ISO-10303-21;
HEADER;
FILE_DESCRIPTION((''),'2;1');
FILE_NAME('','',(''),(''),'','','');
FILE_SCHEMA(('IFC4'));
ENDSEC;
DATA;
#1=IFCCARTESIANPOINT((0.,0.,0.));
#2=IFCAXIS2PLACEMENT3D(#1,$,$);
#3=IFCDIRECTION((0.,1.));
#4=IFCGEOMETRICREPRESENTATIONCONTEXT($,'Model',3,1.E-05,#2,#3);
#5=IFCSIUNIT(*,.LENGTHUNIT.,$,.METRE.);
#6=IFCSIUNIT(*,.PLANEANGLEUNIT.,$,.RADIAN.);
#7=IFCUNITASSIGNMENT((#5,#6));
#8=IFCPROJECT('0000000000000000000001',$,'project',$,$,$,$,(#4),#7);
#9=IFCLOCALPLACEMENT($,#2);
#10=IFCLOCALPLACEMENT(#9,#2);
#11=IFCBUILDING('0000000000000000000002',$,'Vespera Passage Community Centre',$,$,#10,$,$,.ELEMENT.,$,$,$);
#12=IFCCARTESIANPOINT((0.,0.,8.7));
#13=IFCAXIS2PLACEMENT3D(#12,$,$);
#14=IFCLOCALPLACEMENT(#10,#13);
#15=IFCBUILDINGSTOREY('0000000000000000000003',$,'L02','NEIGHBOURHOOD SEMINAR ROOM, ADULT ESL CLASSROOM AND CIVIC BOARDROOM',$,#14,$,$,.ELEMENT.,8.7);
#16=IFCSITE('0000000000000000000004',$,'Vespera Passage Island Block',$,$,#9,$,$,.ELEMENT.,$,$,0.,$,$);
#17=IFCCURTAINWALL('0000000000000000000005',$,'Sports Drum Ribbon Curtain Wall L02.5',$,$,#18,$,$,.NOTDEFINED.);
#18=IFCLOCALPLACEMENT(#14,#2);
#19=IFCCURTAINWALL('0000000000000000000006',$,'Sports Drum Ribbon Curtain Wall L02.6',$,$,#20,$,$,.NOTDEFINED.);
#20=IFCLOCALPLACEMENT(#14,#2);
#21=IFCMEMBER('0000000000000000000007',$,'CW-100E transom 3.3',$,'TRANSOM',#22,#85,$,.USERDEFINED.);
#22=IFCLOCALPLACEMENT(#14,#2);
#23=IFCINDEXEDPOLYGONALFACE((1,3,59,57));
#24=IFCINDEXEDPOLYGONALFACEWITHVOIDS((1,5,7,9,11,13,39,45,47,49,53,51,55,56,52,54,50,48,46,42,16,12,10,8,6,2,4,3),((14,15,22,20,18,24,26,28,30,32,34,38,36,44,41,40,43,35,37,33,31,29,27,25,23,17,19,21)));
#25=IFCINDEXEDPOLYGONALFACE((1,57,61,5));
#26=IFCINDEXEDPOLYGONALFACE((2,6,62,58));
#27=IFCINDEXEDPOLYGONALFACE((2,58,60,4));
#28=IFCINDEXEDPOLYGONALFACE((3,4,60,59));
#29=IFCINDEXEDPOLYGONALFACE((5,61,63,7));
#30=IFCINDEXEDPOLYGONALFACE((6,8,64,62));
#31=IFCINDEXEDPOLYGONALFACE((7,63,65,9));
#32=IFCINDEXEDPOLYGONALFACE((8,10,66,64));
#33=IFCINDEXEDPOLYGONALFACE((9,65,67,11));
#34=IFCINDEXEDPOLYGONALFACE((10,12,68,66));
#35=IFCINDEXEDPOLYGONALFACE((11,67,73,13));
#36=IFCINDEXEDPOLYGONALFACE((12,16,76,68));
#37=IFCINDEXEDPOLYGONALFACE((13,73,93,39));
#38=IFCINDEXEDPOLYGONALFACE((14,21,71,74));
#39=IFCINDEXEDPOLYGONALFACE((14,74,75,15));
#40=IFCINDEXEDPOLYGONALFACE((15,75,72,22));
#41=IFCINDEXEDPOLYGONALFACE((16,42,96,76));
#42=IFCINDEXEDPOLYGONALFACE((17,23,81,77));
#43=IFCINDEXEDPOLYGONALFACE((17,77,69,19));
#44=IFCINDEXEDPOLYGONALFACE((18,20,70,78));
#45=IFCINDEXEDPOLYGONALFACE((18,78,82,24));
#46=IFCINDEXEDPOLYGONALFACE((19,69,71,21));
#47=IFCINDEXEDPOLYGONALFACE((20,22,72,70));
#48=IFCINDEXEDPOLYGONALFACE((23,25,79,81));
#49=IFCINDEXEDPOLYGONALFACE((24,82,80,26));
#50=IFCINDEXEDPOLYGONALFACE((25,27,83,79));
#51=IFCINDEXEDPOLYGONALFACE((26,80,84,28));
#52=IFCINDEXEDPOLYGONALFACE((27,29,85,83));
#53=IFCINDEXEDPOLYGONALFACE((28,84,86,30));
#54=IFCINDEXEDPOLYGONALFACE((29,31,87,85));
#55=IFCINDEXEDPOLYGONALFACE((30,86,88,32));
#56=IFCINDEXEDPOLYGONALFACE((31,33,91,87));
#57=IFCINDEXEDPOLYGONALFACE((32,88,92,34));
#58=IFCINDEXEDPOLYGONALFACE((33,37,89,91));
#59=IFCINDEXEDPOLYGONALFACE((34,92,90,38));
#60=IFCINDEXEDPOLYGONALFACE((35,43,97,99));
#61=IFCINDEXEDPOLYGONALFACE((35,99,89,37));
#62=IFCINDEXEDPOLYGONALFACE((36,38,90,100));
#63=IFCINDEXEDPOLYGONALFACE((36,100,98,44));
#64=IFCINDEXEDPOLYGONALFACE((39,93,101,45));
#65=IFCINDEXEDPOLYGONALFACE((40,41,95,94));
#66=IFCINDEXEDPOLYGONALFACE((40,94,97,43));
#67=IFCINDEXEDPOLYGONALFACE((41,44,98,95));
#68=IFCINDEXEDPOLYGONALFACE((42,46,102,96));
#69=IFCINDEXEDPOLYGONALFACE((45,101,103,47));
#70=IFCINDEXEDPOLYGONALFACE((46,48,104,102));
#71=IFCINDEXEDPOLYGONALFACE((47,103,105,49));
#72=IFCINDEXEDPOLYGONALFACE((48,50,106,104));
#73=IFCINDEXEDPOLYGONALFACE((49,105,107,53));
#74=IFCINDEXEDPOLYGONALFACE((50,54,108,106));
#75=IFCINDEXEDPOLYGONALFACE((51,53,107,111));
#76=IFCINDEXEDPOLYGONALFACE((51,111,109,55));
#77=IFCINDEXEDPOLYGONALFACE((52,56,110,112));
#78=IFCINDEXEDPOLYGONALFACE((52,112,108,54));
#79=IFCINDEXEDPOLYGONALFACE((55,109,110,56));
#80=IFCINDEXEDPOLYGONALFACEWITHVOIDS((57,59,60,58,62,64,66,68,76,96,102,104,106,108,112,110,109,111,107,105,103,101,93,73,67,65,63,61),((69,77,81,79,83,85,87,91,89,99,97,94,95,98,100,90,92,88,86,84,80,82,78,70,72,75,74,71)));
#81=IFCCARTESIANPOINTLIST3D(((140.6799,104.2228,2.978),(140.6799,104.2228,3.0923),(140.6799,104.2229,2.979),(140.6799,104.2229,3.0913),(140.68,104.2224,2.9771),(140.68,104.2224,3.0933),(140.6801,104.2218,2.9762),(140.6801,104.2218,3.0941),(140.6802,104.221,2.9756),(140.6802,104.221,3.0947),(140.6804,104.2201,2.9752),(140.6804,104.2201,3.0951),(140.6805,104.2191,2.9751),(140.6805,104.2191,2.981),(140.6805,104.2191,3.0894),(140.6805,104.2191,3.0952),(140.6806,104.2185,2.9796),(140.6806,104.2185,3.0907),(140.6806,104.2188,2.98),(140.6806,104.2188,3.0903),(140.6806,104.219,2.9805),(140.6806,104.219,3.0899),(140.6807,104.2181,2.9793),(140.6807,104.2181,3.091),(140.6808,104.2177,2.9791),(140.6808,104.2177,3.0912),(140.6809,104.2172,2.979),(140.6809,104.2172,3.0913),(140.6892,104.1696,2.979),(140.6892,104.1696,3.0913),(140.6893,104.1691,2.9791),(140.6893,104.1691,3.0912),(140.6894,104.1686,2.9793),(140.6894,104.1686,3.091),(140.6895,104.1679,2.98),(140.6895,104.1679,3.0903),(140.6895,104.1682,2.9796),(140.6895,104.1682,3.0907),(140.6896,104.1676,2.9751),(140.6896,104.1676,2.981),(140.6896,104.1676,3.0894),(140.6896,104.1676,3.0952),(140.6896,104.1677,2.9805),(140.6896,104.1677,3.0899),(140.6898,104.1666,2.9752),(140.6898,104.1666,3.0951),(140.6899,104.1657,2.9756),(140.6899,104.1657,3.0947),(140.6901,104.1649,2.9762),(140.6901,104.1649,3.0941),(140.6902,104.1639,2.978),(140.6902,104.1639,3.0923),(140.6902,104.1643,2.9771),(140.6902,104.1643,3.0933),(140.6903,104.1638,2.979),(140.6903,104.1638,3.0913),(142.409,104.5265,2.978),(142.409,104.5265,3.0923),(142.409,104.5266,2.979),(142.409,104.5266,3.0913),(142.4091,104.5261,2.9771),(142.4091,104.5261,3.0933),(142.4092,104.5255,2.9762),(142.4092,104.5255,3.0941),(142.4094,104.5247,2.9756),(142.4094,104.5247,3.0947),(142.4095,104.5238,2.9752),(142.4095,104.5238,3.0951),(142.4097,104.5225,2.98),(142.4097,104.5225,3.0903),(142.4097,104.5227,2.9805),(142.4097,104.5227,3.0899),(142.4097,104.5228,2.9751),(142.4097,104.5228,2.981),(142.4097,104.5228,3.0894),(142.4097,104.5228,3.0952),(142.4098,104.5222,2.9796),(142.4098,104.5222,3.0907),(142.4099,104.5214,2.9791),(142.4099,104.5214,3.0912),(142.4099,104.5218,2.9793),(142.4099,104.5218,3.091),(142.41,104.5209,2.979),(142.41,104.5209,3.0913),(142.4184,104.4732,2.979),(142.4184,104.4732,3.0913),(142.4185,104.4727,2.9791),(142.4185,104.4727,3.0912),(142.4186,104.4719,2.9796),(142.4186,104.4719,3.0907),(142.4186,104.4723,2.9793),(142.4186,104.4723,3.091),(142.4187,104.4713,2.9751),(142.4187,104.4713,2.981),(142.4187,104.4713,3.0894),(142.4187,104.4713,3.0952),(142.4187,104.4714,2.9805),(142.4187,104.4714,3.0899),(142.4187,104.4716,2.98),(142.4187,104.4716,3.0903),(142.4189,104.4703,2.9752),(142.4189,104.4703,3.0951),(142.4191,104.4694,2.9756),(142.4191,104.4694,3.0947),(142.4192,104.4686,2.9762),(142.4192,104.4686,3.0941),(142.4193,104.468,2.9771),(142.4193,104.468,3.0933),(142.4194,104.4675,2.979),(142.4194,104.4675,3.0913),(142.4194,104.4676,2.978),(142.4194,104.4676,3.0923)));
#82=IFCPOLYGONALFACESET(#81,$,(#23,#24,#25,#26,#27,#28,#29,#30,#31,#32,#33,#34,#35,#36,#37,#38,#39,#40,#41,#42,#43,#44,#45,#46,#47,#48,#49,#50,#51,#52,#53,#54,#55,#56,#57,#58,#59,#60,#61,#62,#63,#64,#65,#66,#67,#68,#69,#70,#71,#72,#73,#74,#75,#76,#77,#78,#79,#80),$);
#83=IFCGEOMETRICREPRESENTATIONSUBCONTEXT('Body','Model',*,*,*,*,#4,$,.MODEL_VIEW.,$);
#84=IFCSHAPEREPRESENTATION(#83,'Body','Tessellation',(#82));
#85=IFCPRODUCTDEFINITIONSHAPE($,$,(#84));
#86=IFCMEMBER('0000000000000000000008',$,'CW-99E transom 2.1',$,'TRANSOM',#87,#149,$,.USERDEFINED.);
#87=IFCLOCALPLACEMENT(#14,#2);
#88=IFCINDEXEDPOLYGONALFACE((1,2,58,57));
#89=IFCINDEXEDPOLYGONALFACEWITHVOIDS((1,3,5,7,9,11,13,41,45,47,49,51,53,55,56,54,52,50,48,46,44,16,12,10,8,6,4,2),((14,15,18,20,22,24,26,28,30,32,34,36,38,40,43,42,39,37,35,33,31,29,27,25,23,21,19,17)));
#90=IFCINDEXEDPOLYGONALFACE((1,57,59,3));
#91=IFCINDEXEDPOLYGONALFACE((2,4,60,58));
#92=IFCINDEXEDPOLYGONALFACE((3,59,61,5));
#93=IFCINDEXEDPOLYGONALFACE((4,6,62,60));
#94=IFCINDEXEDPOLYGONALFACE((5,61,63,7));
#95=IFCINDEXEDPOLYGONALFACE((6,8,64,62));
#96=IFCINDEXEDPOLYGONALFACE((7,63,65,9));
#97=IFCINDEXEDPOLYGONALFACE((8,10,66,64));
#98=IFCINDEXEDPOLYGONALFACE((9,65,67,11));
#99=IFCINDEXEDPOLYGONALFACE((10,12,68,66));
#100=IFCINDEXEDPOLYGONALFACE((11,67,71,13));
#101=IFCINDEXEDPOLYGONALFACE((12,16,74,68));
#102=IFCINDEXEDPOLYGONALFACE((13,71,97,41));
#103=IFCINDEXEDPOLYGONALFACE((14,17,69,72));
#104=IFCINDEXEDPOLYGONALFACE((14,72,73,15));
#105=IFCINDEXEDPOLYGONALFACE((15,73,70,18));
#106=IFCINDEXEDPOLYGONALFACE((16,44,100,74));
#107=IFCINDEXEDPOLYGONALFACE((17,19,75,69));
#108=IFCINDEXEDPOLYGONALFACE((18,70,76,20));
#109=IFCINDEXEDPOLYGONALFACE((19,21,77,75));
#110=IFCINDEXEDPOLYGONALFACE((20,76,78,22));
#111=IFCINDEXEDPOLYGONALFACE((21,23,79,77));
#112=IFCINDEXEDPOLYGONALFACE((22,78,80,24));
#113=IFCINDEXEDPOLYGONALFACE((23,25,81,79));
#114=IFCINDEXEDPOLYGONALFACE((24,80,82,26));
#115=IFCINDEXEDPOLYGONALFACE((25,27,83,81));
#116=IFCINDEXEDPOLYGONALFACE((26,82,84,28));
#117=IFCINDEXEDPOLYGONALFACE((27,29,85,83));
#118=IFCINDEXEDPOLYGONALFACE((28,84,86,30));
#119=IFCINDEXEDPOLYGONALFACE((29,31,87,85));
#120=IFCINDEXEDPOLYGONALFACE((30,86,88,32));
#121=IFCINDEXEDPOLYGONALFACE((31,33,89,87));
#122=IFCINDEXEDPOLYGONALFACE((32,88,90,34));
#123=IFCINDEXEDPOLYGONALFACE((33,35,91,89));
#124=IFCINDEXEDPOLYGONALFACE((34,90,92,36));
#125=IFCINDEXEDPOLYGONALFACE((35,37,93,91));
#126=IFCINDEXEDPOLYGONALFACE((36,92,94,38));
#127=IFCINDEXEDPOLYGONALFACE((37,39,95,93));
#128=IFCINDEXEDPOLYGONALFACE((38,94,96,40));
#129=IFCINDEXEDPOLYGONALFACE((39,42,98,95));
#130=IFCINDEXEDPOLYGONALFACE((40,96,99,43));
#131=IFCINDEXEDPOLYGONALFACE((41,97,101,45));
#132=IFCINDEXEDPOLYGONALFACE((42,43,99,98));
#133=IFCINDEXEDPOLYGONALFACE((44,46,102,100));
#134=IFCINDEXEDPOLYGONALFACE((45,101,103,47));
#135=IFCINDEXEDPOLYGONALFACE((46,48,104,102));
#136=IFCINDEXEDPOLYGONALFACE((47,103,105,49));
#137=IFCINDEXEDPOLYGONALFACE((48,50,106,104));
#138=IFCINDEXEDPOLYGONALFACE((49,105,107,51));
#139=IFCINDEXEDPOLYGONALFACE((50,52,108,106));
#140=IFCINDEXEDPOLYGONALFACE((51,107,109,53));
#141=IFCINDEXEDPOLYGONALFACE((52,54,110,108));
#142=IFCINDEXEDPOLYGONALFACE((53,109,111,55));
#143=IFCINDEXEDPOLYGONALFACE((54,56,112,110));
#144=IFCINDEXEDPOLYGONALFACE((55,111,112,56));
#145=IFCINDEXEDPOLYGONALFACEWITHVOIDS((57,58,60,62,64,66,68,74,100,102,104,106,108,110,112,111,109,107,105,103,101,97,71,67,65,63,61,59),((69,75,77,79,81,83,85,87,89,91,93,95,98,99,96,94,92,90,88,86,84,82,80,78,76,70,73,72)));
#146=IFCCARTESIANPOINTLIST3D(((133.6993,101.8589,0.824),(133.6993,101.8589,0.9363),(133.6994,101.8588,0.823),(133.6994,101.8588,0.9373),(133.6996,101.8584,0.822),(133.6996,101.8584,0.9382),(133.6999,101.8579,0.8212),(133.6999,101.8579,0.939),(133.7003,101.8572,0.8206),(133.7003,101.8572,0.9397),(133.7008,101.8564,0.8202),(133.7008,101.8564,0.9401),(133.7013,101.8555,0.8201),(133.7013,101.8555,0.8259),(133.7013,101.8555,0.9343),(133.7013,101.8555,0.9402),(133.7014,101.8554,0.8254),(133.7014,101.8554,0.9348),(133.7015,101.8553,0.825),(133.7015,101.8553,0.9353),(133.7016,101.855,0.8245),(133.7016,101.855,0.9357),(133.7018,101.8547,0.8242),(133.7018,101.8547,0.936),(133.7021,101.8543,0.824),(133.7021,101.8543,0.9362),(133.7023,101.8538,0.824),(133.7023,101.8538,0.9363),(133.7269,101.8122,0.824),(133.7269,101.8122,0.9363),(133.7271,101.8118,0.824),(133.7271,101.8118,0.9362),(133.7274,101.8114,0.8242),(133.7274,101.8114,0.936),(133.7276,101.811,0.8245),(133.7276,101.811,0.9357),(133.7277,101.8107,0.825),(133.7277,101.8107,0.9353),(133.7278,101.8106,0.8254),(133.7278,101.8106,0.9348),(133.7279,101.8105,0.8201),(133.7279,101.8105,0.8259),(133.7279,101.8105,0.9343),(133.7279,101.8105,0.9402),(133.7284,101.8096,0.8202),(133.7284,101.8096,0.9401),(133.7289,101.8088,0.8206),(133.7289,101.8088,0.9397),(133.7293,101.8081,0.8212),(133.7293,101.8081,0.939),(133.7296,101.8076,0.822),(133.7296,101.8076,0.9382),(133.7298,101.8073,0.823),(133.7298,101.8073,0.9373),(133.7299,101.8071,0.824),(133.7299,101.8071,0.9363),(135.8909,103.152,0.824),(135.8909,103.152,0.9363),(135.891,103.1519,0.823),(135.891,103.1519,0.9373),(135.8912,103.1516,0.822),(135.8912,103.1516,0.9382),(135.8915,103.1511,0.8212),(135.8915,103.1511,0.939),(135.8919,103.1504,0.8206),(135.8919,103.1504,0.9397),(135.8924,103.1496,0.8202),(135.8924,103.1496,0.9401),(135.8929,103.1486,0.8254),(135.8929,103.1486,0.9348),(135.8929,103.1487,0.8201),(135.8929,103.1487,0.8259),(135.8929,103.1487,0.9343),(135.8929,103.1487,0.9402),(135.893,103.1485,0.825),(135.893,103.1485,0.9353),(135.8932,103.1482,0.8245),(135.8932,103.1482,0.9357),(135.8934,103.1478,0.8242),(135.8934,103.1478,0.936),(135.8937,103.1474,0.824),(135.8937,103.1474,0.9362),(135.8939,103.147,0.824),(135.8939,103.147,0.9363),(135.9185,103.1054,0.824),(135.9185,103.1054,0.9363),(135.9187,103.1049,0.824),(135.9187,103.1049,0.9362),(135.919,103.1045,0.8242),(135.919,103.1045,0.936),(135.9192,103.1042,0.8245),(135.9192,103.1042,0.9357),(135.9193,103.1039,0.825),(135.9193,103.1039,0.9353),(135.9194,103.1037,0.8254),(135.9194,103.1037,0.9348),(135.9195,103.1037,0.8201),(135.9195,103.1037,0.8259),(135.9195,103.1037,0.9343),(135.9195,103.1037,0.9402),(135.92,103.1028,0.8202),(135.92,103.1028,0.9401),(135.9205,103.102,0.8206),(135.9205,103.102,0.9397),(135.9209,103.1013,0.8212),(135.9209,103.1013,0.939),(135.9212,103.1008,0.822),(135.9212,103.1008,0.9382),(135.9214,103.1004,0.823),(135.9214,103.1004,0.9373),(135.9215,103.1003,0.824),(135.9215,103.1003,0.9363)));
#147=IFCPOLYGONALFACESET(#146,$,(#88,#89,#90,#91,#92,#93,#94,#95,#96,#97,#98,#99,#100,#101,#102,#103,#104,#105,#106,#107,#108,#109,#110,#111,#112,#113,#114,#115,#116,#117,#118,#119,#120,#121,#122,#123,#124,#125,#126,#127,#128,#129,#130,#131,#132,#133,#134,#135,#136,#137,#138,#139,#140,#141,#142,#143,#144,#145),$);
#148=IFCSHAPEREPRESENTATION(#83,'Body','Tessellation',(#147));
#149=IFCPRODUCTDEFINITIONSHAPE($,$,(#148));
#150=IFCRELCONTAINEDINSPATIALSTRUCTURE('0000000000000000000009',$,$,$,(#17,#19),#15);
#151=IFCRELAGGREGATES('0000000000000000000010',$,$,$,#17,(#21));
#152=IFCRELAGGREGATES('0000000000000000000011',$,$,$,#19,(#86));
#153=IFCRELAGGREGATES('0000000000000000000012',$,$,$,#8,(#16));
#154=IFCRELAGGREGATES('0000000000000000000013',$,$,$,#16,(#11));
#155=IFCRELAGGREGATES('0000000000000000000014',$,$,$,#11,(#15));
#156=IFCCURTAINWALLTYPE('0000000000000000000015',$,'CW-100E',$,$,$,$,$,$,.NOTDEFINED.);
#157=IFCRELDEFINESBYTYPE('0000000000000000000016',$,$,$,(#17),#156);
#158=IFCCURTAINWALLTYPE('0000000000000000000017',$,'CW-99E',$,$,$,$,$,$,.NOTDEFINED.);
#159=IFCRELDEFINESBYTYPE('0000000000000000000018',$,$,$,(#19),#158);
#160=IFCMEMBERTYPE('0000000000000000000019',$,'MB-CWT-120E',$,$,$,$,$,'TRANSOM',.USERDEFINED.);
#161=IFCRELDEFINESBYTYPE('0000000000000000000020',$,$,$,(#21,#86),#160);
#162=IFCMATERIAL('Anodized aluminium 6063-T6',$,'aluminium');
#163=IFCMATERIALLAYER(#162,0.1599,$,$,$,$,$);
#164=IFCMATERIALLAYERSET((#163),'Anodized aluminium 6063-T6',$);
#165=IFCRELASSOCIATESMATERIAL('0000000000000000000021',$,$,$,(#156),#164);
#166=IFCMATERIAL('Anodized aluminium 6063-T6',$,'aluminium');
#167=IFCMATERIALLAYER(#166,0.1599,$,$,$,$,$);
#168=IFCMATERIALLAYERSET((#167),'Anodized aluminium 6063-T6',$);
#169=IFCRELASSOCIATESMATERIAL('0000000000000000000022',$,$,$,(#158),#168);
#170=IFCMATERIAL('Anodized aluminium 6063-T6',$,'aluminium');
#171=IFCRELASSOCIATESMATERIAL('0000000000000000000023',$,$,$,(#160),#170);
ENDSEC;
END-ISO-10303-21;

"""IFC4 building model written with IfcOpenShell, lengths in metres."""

from ifc_helpers import new_model, si_unit, direction, frame, origin, origin_2d, place, context, subcontext, project, spatial, hollow_rectangle, extrude, material, layer, layer_set, material_profile, profile_set, type_object, element, aggregate, save


model = new_model("IFC4")

# Units and contexts
model_context = context("Model", 3, precision=1e-05, world=origin(), true_north=direction((0.0, 1.0)))
body_context = subcontext(model_context, "Body", "Model", "MODEL_VIEW")
ifc_project = project(units=[si_unit("LENGTHUNIT", "METRE"), si_unit("PLANEANGLEUNIT", "RADIAN")], contexts=[model_context])

# Site, building, storey
site_placement = place(None, origin())
site = spatial("IfcSite", under=ifc_project, at=site_placement, Name="Vespera Passage Island Block", CompositionType="ELEMENT", RefElevation=0.0)
building_placement = place(site_placement, origin())
building = spatial("IfcBuilding", under=site, at=building_placement, Name="Vespera Passage Community Centre", CompositionType="ELEMENT")
storey_placement = place(building_placement, frame((0.0, 0.0, 8.7)))
storey = spatial("IfcBuildingStorey", under=building, at=storey_placement, Name="L02", Description="NEIGHBOURHOOD SEMINAR ROOM, ADULT ESL CLASSROOM AND CIVIC BOARDROOM", CompositionType="ELEMENT", Elevation=8.7)

# Curtain walls
ifc_material_1 = material(Name="Anodized aluminium 6063-T6", Category="aluminium")
ifc_layer_1 = layer(ifc_material_1, 0.1599)
ifc_layer_set_1 = layer_set([ifc_layer_1], Name="Anodized aluminium 6063-T6")
curtain_wall_type_1 = type_object("IfcCurtainWallType", Name="CW-100E", PredefinedType="NOTDEFINED", material=ifc_layer_set_1)
curtain_wall_1_placement = place(storey_placement, origin())
curtain_wall_1 = element("IfcCurtainWall", 1, at=curtain_wall_1_placement, inside=storey, type_object=curtain_wall_type_1, Name="Sports Drum Ribbon Curtain Wall L02.5", PredefinedType="NOTDEFINED")
ifc_material_2 = material(Name="Anodized aluminium 6063-T6", Category="aluminium")
ifc_layer_2 = layer(ifc_material_2, 0.1599)
ifc_layer_set_2 = layer_set([ifc_layer_2], Name="Anodized aluminium 6063-T6")
curtain_wall_type_2 = type_object("IfcCurtainWallType", Name="CW-99E", PredefinedType="NOTDEFINED", material=ifc_layer_set_2)
curtain_wall_2_placement = place(storey_placement, origin())
curtain_wall_2 = element("IfcCurtainWall", 2, at=curtain_wall_2_placement, inside=storey, type_object=curtain_wall_type_2, Name="Sports Drum Ribbon Curtain Wall L02.6", PredefinedType="NOTDEFINED")

# Members
ifc_material_3 = material(Name="Anodized aluminium 6063-T6", Category="aluminium")
ifc_material_profile_1 = material_profile(ifc_material_3, hollow_rectangle(XDim=0.0601, YDim=0.1201, WallThickness=0.0039, InnerFilletRadius=0.002, OuterFilletRadius=0.0039, at=origin_2d()), Name="ALU120X60X4")
ifc_profile_set_1 = profile_set([ifc_material_profile_1], Name="Anodized aluminium 6063-T6")
member_type_1 = type_object("IfcMemberType", Name="MB-CWT-120E", ElementType="TRANSOM", PredefinedType="USERDEFINED", material=ifc_profile_set_1)
member_1_placement = place(storey_placement, frame((140.6851, 104.1934, 3.0352), z_axis=(0.984925, 0.172984, 0.0), x_axis=(-0.172984, 0.984925, 0.0)))
member_1 = element("IfcMember", 3, at=member_1_placement, type_object=member_type_1, Name="CW-100E transom 3.3", ObjectType="TRANSOM", PredefinedType="USERDEFINED", context=body_context, shape_type="SweptSolid", body=[
    extrude(hollow_rectangle(XDim=0.0601, YDim=0.1201, WallThickness=0.0039, InnerFilletRadius=0.002, OuterFilletRadius=0.0039, at=origin_2d()), origin(), (0.0, 0.0, 1.0), 1.7556),
])
member_2_placement = place(storey_placement, frame((133.7146, 101.833, 0.8801), z_axis=(0.861245, 0.508189, 0.0), x_axis=(-0.508189, 0.861245, 0.0)))
member_2 = element("IfcMember", 4, at=member_2_placement, type_object=member_type_1, Name="CW-99E transom 2.1", ObjectType="TRANSOM", PredefinedType="USERDEFINED", context=body_context, shape_type="SweptSolid", body=[
    extrude(hollow_rectangle(XDim=0.0601, YDim=0.1201, WallThickness=0.0039, InnerFilletRadius=0.002, OuterFilletRadius=0.0039, at=origin_2d()), origin(), (0.0, 0.0, 1.0), 2.5447),
])

aggregate(curtain_wall_1, [member_1])
aggregate(curtain_wall_2, [member_2])

save(model, "model.ifc")
